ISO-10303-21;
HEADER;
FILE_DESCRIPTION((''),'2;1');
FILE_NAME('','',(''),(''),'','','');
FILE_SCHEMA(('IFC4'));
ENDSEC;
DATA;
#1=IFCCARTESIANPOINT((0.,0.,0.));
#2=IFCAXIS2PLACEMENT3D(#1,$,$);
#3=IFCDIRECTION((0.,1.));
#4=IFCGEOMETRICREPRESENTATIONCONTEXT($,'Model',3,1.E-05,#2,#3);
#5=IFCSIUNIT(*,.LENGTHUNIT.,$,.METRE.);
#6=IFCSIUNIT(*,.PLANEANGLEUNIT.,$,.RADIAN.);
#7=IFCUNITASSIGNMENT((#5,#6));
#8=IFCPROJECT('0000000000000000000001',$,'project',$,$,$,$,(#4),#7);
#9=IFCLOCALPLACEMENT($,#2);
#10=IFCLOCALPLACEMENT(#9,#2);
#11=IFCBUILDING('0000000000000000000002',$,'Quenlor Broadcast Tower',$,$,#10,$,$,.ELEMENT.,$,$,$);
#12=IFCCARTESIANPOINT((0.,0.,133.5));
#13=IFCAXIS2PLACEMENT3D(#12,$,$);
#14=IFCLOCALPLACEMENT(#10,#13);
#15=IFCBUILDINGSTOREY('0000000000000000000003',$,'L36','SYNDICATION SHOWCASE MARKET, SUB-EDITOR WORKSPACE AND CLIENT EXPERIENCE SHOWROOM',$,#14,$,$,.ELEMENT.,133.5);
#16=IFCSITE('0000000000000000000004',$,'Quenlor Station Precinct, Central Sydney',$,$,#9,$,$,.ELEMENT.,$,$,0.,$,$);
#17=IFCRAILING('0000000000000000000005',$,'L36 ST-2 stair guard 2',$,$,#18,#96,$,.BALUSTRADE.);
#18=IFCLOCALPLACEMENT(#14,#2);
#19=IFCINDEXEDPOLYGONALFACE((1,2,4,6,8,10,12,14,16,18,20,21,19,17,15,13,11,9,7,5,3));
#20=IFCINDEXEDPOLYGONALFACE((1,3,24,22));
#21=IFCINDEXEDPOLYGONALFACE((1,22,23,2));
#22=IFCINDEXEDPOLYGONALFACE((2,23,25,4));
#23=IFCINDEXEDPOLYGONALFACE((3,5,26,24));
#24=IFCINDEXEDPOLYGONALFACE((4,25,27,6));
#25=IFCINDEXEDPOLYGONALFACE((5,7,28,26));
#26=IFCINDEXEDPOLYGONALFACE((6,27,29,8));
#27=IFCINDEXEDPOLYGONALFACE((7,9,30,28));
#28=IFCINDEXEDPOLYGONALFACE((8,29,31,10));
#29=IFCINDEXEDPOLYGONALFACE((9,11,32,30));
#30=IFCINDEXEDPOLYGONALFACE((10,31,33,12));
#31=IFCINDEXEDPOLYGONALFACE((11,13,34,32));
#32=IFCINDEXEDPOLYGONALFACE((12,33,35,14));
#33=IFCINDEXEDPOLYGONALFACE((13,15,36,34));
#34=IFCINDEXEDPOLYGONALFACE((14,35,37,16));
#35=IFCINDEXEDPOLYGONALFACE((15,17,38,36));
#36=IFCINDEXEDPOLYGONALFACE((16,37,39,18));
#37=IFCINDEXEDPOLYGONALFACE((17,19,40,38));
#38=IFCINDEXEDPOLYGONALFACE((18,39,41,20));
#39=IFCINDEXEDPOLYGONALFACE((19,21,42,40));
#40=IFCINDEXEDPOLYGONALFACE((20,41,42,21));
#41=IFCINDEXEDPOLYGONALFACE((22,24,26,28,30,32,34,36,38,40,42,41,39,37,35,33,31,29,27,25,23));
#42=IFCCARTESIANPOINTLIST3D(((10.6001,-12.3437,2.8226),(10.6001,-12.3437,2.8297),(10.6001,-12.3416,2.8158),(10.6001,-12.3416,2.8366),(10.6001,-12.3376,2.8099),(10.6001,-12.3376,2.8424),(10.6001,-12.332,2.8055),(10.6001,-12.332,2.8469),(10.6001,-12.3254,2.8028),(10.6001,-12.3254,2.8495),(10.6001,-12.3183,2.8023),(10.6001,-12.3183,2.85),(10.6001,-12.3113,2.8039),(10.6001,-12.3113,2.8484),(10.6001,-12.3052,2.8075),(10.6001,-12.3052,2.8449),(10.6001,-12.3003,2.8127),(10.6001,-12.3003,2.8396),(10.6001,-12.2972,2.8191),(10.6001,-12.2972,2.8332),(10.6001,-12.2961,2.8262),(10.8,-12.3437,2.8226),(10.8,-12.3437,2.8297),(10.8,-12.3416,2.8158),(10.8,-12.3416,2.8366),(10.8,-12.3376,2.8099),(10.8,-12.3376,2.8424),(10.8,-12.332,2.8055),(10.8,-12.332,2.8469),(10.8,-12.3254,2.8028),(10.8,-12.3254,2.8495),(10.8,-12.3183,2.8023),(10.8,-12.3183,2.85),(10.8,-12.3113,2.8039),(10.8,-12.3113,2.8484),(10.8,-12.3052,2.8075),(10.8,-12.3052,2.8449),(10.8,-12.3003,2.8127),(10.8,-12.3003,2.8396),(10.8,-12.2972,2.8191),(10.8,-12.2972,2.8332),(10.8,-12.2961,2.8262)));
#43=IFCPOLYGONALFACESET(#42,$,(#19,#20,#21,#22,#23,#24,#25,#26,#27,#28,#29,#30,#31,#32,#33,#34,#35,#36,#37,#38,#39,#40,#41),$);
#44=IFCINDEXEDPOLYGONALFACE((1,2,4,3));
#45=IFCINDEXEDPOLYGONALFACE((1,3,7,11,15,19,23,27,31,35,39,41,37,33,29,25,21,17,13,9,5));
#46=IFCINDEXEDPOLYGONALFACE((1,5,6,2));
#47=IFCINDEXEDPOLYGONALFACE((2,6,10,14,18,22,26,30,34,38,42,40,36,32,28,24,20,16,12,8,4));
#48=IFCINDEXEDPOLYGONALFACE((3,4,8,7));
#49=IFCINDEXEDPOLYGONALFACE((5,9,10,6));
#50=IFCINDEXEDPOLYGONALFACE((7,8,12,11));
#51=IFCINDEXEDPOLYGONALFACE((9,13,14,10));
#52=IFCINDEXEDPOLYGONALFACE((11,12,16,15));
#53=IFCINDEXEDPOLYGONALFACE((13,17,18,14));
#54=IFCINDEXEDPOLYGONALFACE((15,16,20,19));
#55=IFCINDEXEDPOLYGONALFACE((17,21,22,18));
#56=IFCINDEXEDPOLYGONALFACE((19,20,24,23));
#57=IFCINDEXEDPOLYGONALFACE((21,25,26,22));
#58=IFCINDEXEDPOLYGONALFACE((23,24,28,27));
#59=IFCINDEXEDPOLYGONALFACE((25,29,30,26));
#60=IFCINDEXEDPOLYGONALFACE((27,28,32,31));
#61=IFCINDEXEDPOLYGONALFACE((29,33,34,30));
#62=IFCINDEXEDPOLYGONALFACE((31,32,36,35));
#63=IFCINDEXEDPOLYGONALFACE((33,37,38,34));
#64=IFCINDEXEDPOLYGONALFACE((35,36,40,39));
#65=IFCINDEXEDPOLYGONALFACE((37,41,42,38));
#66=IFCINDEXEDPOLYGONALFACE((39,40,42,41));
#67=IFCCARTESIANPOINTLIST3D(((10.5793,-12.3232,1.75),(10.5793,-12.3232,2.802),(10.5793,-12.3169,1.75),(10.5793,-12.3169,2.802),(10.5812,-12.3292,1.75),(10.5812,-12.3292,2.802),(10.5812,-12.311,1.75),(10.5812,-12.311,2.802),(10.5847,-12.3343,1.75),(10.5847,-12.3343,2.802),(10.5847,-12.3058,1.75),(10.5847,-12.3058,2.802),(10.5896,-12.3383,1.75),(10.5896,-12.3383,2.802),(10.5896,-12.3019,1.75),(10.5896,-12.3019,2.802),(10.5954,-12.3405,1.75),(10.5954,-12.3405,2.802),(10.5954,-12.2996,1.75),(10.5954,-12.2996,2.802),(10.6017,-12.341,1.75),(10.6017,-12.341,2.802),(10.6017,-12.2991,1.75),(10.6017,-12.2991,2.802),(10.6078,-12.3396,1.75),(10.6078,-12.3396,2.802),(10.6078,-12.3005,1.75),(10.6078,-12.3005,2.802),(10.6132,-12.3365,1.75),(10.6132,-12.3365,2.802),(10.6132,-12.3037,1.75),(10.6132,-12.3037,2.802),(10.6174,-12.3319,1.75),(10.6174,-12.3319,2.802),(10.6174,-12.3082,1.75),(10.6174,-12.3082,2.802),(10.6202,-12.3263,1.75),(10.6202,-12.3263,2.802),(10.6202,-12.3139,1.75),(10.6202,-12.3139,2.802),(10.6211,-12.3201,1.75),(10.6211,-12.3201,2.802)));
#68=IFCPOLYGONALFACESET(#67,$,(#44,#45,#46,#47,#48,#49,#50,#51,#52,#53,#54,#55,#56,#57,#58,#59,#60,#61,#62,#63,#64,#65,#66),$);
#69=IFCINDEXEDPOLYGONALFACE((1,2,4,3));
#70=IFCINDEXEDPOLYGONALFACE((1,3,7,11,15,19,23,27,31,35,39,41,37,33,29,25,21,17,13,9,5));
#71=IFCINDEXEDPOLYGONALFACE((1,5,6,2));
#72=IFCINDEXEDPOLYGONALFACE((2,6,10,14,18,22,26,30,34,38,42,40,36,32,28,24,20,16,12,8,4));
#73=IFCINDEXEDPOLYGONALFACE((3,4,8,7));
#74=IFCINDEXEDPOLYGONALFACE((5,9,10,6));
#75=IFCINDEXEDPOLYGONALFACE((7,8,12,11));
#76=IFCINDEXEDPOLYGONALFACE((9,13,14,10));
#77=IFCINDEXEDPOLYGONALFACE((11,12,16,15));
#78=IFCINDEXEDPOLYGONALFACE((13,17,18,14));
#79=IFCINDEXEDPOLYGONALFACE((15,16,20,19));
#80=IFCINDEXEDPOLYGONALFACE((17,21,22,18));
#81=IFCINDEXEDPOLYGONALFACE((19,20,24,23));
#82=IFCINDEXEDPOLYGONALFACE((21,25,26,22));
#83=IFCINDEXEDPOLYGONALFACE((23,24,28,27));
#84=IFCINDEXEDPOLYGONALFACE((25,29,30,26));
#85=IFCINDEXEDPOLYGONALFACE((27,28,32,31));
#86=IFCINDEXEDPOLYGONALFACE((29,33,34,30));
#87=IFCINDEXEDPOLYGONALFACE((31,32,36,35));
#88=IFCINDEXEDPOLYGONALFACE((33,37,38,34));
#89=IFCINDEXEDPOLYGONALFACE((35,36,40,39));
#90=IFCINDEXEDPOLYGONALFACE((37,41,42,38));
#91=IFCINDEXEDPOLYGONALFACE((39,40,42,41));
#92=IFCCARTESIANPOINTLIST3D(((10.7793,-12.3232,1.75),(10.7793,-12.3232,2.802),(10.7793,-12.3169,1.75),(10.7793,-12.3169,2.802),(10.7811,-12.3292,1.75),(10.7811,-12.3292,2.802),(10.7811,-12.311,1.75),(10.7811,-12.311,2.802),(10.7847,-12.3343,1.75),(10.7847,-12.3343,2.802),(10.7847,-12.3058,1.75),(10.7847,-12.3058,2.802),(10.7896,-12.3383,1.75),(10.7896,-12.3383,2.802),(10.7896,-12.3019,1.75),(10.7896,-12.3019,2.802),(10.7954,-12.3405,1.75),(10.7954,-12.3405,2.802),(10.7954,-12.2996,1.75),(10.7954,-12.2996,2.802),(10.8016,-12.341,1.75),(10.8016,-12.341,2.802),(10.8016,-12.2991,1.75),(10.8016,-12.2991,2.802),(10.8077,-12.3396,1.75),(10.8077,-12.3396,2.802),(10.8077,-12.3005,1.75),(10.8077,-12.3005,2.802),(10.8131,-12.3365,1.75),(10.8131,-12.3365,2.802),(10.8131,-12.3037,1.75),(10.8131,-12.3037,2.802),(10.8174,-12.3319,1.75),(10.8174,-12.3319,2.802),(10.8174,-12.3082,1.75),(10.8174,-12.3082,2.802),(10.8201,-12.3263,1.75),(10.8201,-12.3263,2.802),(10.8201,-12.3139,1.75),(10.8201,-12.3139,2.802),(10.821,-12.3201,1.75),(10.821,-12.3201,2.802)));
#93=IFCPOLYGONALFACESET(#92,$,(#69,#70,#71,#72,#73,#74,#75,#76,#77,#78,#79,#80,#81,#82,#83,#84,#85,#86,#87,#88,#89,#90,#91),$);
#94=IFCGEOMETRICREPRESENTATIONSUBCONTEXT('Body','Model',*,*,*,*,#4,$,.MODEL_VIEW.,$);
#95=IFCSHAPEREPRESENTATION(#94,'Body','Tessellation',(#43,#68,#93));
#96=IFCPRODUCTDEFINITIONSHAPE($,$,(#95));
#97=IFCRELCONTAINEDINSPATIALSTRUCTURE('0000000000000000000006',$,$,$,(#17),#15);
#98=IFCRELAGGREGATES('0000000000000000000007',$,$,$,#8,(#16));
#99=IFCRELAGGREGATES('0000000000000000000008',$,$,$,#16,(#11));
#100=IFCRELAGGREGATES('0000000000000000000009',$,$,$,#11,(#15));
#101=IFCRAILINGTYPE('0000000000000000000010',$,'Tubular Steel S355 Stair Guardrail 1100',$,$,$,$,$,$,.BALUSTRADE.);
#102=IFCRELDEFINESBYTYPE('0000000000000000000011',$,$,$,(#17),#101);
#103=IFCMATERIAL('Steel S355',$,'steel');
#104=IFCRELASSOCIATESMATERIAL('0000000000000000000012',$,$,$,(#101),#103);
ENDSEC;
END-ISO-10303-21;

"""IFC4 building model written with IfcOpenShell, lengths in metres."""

from ifc_helpers import new_model, si_unit, direction, frame, origin, origin_2d, place, context, subcontext, project, spatial, circle, extrude, material, type_object, element, save


model = new_model("IFC4")

# Units and contexts
model_context = context("Model", 3, precision=1e-05, world=origin(), true_north=direction((0.0, 1.0)))
body_context = subcontext(model_context, "Body", "Model", "MODEL_VIEW")
ifc_project = project(units=[si_unit("LENGTHUNIT", "METRE"), si_unit("PLANEANGLEUNIT", "RADIAN")], contexts=[model_context])

# Site, building, storey
site_placement = place(None, origin())
site = spatial("IfcSite", under=ifc_project, at=site_placement, Name="Quenlor Station Precinct, Central Sydney", CompositionType="ELEMENT", RefElevation=0.0)
building_placement = place(site_placement, origin())
building = spatial("IfcBuilding", under=site, at=building_placement, Name="Quenlor Broadcast Tower", CompositionType="ELEMENT")
storey_placement = place(building_placement, frame((0.0, 0.0, 133.5)))
storey = spatial("IfcBuildingStorey", under=building, at=storey_placement, Name="L36", Description="SYNDICATION SHOWCASE MARKET, SUB-EDITOR WORKSPACE AND CLIENT EXPERIENCE SHOWROOM", CompositionType="ELEMENT", Elevation=133.5)

# Railing
ifc_material_1 = material(Name="Steel S355", Category="steel")
railing_type = type_object("IfcRailingType", Name="Tubular Steel S355 Stair Guardrail 1100", PredefinedType="BALUSTRADE", material=ifc_material_1)
railing_placement = place(storey_placement, frame((10.6001, -12.3201, 1.75)))
element("IfcRailing", 1, at=railing_placement, inside=storey, type_object=railing_type, Name="L36 ST-2 stair guard 2", PredefinedType="BALUSTRADE", context=body_context, shape_type="SweptSolid", body=[
    extrude(circle(Radius=0.0239, at=origin_2d()), frame((0.0, 0.0, 1.0762), z_axis=(1.0, 0.0, 0.0), x_axis=(0.0, 1.0, 0.0)), (0.0, 0.0, 1.0), 0.2),
    extrude(circle(Radius=0.021, at=origin_2d()), origin(), (0.0, 0.0, 1.0), 1.052),
    extrude(circle(Radius=0.021, at=origin_2d()), frame((0.2, 0.0, 0.0)), (0.0, 0.0, 1.0), 1.052),
])

save(model, "model.ifc")
